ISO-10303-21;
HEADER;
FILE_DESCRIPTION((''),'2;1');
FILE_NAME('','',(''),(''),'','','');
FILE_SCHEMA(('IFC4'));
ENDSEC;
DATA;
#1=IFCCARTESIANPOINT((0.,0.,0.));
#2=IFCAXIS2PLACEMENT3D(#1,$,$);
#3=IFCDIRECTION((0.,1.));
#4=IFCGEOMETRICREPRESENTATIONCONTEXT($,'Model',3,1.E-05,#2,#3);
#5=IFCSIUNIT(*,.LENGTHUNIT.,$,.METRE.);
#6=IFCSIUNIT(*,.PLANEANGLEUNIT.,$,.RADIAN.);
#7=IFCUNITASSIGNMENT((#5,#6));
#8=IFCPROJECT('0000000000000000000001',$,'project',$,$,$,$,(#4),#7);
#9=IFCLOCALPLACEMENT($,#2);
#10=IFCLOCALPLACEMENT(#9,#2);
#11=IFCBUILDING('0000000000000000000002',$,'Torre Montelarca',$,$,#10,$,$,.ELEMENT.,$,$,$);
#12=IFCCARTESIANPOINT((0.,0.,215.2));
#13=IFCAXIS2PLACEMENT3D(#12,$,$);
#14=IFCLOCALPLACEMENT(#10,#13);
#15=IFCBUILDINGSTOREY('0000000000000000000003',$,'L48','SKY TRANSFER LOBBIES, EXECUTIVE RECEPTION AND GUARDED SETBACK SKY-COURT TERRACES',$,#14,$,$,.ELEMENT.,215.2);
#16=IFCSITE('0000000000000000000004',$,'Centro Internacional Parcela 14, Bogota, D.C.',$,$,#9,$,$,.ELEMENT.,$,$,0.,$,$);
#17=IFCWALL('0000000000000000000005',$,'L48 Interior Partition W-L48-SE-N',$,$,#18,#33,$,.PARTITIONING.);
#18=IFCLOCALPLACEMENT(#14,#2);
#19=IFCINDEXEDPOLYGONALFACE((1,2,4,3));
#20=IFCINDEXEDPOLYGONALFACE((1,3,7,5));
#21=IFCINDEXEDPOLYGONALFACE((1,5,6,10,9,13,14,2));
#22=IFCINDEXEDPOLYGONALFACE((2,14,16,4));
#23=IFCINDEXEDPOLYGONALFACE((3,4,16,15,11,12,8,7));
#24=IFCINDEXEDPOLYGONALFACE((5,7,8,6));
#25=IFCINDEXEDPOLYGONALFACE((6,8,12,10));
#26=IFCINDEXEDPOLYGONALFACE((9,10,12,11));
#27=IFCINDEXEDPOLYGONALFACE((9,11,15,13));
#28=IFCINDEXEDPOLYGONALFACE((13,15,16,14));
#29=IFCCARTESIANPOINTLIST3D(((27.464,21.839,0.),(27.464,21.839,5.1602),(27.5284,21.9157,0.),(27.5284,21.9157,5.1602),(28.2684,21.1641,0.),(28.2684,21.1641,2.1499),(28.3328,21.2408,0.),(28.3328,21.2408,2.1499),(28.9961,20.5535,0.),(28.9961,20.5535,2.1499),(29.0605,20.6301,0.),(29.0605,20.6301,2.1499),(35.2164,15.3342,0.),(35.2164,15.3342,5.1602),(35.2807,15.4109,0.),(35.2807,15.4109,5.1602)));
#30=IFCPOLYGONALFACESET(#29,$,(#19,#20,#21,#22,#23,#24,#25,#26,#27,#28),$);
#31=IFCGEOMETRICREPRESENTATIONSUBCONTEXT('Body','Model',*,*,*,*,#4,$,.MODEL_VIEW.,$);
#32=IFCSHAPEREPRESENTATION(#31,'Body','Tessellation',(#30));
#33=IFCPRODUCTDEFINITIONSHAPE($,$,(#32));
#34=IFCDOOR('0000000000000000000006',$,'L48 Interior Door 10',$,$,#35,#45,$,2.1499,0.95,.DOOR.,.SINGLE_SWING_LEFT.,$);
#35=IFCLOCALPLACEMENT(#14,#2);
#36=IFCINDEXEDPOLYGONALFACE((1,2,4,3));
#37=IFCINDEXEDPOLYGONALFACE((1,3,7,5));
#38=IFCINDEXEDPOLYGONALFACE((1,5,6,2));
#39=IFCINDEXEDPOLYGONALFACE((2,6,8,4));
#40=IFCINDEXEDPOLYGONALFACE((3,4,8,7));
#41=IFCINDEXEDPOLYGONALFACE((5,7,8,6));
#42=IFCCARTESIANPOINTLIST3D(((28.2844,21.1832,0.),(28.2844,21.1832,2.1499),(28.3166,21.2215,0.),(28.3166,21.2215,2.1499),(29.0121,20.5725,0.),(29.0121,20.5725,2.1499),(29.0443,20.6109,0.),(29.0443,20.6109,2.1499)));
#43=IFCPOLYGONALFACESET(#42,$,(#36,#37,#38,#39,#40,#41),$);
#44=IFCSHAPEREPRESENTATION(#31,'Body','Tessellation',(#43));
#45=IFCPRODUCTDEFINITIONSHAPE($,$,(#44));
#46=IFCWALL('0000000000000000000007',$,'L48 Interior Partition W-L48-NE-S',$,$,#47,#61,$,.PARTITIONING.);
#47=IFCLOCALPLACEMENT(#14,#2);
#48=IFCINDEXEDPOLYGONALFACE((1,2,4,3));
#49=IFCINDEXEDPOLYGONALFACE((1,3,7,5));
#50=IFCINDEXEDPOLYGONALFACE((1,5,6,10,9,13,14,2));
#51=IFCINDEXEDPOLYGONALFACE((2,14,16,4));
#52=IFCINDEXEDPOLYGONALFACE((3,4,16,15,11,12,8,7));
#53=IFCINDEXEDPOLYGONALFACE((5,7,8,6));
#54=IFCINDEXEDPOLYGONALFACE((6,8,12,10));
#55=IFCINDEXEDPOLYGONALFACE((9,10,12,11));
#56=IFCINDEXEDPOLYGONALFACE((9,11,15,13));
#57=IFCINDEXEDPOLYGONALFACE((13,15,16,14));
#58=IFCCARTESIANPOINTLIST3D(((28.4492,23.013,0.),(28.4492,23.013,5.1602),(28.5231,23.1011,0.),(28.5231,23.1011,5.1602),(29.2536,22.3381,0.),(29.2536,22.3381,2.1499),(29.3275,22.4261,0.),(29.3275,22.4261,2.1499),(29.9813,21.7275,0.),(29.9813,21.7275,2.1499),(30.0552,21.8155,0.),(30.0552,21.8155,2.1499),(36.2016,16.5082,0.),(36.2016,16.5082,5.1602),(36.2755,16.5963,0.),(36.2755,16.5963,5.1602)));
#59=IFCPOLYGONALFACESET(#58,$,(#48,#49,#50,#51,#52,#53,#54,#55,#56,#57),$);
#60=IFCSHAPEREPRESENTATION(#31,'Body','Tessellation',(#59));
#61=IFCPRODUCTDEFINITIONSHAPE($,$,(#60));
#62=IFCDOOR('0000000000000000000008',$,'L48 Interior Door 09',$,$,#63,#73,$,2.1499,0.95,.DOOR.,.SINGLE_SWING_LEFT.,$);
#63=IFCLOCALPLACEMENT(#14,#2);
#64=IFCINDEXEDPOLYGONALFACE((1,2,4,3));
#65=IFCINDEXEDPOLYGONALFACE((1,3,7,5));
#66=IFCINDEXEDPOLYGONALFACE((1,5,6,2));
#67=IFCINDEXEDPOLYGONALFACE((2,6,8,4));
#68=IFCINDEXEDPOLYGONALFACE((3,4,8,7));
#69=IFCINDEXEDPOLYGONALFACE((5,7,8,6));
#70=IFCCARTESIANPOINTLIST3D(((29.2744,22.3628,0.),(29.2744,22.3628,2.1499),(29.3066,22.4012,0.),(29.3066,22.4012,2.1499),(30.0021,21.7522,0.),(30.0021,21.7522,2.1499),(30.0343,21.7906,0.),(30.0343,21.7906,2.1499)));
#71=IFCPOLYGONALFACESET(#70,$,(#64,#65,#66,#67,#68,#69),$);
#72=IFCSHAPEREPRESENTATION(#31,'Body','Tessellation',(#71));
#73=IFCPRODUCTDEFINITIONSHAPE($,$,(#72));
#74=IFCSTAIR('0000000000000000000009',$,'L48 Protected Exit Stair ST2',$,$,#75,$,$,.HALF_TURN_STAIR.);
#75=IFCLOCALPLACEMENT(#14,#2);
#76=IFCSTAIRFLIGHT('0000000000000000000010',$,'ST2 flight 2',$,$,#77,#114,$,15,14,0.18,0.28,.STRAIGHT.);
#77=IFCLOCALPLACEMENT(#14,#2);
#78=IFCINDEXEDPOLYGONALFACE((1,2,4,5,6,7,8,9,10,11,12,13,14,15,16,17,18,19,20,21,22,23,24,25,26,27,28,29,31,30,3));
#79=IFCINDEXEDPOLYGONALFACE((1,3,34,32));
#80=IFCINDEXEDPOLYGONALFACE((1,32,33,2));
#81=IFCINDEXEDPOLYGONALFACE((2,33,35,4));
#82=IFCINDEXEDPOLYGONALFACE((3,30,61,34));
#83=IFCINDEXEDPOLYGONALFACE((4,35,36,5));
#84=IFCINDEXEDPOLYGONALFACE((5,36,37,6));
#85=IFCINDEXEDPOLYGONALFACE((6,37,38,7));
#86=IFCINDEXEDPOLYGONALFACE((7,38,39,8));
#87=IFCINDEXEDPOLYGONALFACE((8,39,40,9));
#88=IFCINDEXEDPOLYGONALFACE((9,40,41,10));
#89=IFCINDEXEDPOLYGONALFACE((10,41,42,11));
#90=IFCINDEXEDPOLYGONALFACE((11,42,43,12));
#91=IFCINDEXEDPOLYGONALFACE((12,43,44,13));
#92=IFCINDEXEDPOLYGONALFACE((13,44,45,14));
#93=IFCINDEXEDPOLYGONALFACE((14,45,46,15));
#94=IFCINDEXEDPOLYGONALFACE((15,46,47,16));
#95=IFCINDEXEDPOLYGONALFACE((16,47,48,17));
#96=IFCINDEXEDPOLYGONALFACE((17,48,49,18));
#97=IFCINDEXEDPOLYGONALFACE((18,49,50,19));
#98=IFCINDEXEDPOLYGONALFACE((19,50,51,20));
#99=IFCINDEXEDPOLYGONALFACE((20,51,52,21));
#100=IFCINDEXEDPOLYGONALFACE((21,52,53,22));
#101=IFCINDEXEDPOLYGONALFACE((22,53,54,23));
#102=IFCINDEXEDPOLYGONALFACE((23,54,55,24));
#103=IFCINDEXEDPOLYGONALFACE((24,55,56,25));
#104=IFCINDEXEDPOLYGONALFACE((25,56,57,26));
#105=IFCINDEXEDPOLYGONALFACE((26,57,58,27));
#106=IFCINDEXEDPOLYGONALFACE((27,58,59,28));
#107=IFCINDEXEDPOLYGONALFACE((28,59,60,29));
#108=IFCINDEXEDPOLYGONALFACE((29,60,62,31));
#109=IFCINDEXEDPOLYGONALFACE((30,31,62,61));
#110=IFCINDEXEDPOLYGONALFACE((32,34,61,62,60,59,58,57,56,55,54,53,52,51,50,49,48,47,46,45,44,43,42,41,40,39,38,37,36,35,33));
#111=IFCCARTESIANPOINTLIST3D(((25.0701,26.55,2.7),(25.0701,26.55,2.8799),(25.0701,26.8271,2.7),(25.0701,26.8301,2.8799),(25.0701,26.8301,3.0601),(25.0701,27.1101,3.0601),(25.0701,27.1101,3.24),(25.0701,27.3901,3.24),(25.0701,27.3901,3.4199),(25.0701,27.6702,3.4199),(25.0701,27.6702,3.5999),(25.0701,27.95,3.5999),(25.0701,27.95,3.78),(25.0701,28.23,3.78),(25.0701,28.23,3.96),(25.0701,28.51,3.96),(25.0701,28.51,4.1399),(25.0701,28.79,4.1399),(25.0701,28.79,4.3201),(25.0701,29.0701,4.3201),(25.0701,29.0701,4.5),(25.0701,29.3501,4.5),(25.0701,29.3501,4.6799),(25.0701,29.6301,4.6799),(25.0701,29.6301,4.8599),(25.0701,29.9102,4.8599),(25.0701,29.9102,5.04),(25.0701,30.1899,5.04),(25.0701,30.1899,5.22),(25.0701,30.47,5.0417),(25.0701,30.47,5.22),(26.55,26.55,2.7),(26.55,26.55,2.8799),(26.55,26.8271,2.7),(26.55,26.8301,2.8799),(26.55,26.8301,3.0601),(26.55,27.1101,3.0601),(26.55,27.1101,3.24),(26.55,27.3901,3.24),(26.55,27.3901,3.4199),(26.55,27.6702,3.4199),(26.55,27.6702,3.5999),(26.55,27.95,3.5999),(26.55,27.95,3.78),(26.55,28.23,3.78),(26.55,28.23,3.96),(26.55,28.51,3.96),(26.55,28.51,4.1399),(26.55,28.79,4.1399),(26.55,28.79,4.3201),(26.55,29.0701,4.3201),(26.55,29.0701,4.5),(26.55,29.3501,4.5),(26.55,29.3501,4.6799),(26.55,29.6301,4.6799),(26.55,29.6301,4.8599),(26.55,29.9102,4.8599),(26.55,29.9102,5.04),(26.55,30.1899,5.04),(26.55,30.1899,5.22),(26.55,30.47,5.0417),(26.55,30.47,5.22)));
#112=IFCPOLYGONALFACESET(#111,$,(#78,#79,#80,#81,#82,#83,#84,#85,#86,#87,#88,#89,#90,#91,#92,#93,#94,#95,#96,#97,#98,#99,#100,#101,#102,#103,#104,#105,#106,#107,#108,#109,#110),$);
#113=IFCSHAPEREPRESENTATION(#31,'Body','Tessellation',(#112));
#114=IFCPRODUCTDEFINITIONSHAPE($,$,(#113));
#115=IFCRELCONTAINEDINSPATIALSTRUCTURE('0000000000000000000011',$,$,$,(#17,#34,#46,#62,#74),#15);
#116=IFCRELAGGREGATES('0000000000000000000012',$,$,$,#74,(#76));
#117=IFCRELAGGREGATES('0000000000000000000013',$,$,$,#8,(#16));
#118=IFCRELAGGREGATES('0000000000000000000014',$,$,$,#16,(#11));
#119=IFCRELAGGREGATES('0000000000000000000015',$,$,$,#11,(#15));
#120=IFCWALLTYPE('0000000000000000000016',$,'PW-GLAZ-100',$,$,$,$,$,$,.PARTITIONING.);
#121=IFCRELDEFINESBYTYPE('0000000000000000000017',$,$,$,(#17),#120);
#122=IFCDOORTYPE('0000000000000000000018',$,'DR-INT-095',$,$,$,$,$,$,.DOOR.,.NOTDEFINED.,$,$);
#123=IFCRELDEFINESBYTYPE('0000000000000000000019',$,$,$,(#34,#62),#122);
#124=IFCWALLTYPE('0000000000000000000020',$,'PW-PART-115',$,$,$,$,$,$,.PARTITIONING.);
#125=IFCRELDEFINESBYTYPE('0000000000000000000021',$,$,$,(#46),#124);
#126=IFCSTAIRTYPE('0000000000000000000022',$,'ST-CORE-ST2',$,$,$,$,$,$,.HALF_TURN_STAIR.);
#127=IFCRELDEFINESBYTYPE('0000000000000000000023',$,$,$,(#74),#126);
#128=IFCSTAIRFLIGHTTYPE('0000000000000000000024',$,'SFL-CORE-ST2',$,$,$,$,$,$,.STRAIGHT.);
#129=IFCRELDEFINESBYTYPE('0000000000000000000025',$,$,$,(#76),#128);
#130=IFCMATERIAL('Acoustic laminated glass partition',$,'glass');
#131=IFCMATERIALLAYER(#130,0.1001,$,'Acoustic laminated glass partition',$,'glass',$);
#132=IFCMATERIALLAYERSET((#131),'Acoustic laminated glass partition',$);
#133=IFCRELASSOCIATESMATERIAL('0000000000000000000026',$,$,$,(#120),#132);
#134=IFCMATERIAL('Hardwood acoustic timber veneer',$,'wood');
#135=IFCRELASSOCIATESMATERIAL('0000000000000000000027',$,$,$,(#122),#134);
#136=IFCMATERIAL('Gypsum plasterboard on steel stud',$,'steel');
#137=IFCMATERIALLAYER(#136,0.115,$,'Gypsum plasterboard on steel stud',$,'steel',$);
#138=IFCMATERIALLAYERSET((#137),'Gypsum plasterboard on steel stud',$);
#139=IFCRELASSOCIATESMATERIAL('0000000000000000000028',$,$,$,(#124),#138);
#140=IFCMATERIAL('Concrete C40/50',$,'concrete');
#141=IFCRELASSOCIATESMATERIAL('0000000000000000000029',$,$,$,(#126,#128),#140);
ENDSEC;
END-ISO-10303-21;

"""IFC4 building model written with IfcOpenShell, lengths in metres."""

from ifc_helpers import new_model, si_unit, direction, frame, frame_2d, origin, place, context, subcontext, project, spatial, polyline, rectangle, outline, extrude, source, transform, mapped, material, layer, layer_set, type_object, element, fill, aggregate, save


model = new_model("IFC4")

# Units and contexts
model_context = context("Model", 3, precision=1e-05, world=origin(), true_north=direction((0.0, 1.0)))
body_context = subcontext(model_context, "Body", "Model", "MODEL_VIEW")
ifc_project = project(units=[si_unit("LENGTHUNIT", "METRE"), si_unit("PLANEANGLEUNIT", "RADIAN")], contexts=[model_context])

# Site, building, storey
site_placement = place(None, origin())
site = spatial("IfcSite", under=ifc_project, at=site_placement, Name="Centro Internacional Parcela 14, Bogota, D.C.", CompositionType="ELEMENT", RefElevation=0.0)
building_placement = place(site_placement, origin())
building = spatial("IfcBuilding", under=site, at=building_placement, Name="Torre Montelarca", CompositionType="ELEMENT")
storey_placement = place(building_placement, frame((0.0, 0.0, 215.2)))
storey = spatial("IfcBuildingStorey", under=building, at=storey_placement, Name="L48", Description="SKY TRANSFER LOBBIES, EXECUTIVE RECEPTION AND GUARDED SETBACK SKY-COURT TERRACES", CompositionType="ELEMENT", Elevation=215.2)

# Shared definitions
ifc_material_1 = material(Name="Gypsum plasterboard on steel stud", Category="steel")

# Walls, openings, doors
ifc_material_2 = material(Name="Acoustic laminated glass partition", Category="glass")
ifc_layer_1 = layer(ifc_material_2, 0.1001, Name="Acoustic laminated glass partition", Category="glass")
ifc_layer_set_1 = layer_set([ifc_layer_1], Name="Acoustic laminated glass partition")
wall_type_1 = type_object("IfcWallType", Name="PW-GLAZ-100", PredefinedType="PARTITIONING", material=ifc_layer_set_1)
wall_1_placement = place(storey_placement, frame((27.4961, 21.8774, 0.0), z_axis=(0.0, 0.0, 1.0), x_axis=(0.766054, -0.642777, 0.0)))
wall_1 = element("IfcWall", 1, at=wall_1_placement, inside=storey, type_object=wall_type_1, Name="L48 Interior Partition W-L48-SE-N", PredefinedType="PARTITIONING", context=body_context, shape_type="SweptSolid", body=[
    extrude(rectangle(XDim=10.1199, YDim=0.1001, at=frame_2d((5.0601, 0.0))), origin(), (0.0, 0.0, 1.0), 5.1602),
])
opening_1_placement = place(wall_1_placement, frame((1.05, 0.0, 0.0)))
opening_1 = element("IfcOpeningElement", 2, at=opening_1_placement, cuts=wall_1, PredefinedType="OPENING", context=body_context, shape_type="SweptSolid", body=[
    extrude(rectangle(XDim=0.95, YDim=2.1499, at=frame_2d((0.4751, 1.075))), frame((0.0, 0.0601, 0.0), z_axis=(0.0, -1.0, 0.0), x_axis=(1.0, 0.0, 0.0)), (0.0, 0.0, 1.0), 0.1201),
])
ifc_material_3 = material(Name="Hardwood acoustic timber veneer", Category="wood")
door_type_1 = type_object("IfcDoorType", Name="DR-INT-095", OperationType="NOTDEFINED", PredefinedType="DOOR", material=ifc_material_3)
shared_shape_1 = source(origin(), body_context, "Body", "SweptSolid", [
    extrude(rectangle(XDim=0.95, YDim=2.1499, at=frame_2d((0.4751, 1.075))), frame((0.0, 0.0249, 0.0), z_axis=(0.0, -1.0, 0.0), x_axis=(1.0, 0.0, 0.0)), (0.0, 0.0, 1.0), 0.05),
])
door_1_placement = place(opening_1_placement, origin())
door_1 = element("IfcDoor", 3, at=door_1_placement, inside=storey, type_object=door_type_1, Name="L48 Interior Door 10", OperationType="SINGLE_SWING_LEFT", OverallHeight=2.1499, OverallWidth=0.95, PredefinedType="DOOR", context=body_context, shape_type="MappedRepresentation", body=[
    mapped(shared_shape_1, transform((0.0, 0.0, 0.0), scale=1.0)),
])
fill(opening_1, door_1)
ifc_layer_2 = layer(ifc_material_1, 0.115, Name="Gypsum plasterboard on steel stud", Category="steel")
ifc_layer_set_2 = layer_set([ifc_layer_2], Name="Gypsum plasterboard on steel stud")
wall_type_2 = type_object("IfcWallType", Name="PW-PART-115", PredefinedType="PARTITIONING", material=ifc_layer_set_2)
wall_2_placement = place(storey_placement, frame((28.4861, 23.0571, 0.0), z_axis=(0.0, 0.0, 1.0), x_axis=(0.766054, -0.642777, 0.0)))
wall_2 = element("IfcWall", 4, at=wall_2_placement, inside=storey, type_object=wall_type_2, Name="L48 Interior Partition W-L48-NE-S", PredefinedType="PARTITIONING", context=body_context, shape_type="SweptSolid", body=[
    extrude(rectangle(XDim=10.1199, YDim=0.115, at=frame_2d((5.0601, 0.0))), origin(), (0.0, 0.0, 1.0), 5.1602),
])
opening_2_placement = place(wall_2_placement, frame((1.05, 0.0, 0.0)))
opening_2 = element("IfcOpeningElement", 5, at=opening_2_placement, cuts=wall_2, PredefinedType="OPENING", context=body_context, shape_type="SweptSolid", body=[
    extrude(rectangle(XDim=0.95, YDim=2.1499, at=frame_2d((0.4751, 1.075))), frame((0.0, 0.0674, 0.0), z_axis=(0.0, -1.0, 0.0), x_axis=(1.0, 0.0, 0.0)), (0.0, 0.0, 1.0), 0.135),
])
door_2_placement = place(opening_2_placement, origin())
door_2 = element("IfcDoor", 6, at=door_2_placement, inside=storey, type_object=door_type_1, Name="L48 Interior Door 09", OperationType="SINGLE_SWING_LEFT", OverallHeight=2.1499, OverallWidth=0.95, PredefinedType="DOOR", context=body_context, shape_type="MappedRepresentation", body=[
    mapped(shared_shape_1, transform((0.0, 0.0, 0.0), scale=1.0)),
])
fill(opening_2, door_2)

# Stair, stair flight
ifc_material_4 = material(Name="Concrete C40/50", Category="concrete")
stair_type = type_object("IfcStairType", Name="ST-CORE-ST2", PredefinedType="HALF_TURN_STAIR", material=ifc_material_4)
stair_placement = place(storey_placement, origin())
stair = element("IfcStair", 7, at=stair_placement, inside=storey, type_object=stair_type, Name="L48 Protected Exit Stair ST2", PredefinedType="HALF_TURN_STAIR")
stair_flight_type = type_object("IfcStairFlightType", Name="SFL-CORE-ST2", PredefinedType="STRAIGHT", material=ifc_material_4)
stair_flight_placement = place(storey_placement, frame((25.8101, 26.55, 2.7), z_axis=(0.0, 0.0, 1.0), x_axis=(0.0, 1.0, 0.0)))
stair_flight = element("IfcStairFlight", 8, at=stair_flight_placement, type_object=stair_flight_type, Name="ST2 flight 2", NumberOfRisers=15, NumberOfTreads=14, PredefinedType="STRAIGHT", RiserHeight=0.18, TreadLength=0.28, context=body_context, shape_type="SweptSolid", body=[
    extrude(outline(polyline([(0.0, 0.0), (0.0, 0.1799), (0.28, 0.1799), (0.28, 0.3601), (0.5601, 0.3601), (0.5601, 0.54), (0.8401, 0.54), (0.8401, 0.72), (1.1201, 0.72), (1.1201, 0.8999), (1.3999, 0.8999), (1.3999, 1.0801), (1.6799, 1.0801), (1.6799, 1.26), (1.96, 1.26), (1.96, 1.4399), (2.24, 1.4399), (2.24, 1.6201), (2.52, 1.6201), (2.52, 1.8), (2.8, 1.8), (2.8, 1.98), (3.0801, 1.98), (3.0801, 2.1599), (3.3601, 2.1599), (3.3601, 2.3401), (3.6399, 2.3401), (3.6399, 2.52), (3.9199, 2.52), (3.9199, 2.7), (3.9199, 2.3418), (0.2771, 0.0), (0.0, 0.0)])), frame((0.0, 0.74, 0.0), z_axis=(0.0, -1.0, 0.0), x_axis=(1.0, 0.0, 0.0)), (0.0, 0.0, 1.0), 1.48),
])
aggregate(stair, [stair_flight])

save(model, "model.ifc")
